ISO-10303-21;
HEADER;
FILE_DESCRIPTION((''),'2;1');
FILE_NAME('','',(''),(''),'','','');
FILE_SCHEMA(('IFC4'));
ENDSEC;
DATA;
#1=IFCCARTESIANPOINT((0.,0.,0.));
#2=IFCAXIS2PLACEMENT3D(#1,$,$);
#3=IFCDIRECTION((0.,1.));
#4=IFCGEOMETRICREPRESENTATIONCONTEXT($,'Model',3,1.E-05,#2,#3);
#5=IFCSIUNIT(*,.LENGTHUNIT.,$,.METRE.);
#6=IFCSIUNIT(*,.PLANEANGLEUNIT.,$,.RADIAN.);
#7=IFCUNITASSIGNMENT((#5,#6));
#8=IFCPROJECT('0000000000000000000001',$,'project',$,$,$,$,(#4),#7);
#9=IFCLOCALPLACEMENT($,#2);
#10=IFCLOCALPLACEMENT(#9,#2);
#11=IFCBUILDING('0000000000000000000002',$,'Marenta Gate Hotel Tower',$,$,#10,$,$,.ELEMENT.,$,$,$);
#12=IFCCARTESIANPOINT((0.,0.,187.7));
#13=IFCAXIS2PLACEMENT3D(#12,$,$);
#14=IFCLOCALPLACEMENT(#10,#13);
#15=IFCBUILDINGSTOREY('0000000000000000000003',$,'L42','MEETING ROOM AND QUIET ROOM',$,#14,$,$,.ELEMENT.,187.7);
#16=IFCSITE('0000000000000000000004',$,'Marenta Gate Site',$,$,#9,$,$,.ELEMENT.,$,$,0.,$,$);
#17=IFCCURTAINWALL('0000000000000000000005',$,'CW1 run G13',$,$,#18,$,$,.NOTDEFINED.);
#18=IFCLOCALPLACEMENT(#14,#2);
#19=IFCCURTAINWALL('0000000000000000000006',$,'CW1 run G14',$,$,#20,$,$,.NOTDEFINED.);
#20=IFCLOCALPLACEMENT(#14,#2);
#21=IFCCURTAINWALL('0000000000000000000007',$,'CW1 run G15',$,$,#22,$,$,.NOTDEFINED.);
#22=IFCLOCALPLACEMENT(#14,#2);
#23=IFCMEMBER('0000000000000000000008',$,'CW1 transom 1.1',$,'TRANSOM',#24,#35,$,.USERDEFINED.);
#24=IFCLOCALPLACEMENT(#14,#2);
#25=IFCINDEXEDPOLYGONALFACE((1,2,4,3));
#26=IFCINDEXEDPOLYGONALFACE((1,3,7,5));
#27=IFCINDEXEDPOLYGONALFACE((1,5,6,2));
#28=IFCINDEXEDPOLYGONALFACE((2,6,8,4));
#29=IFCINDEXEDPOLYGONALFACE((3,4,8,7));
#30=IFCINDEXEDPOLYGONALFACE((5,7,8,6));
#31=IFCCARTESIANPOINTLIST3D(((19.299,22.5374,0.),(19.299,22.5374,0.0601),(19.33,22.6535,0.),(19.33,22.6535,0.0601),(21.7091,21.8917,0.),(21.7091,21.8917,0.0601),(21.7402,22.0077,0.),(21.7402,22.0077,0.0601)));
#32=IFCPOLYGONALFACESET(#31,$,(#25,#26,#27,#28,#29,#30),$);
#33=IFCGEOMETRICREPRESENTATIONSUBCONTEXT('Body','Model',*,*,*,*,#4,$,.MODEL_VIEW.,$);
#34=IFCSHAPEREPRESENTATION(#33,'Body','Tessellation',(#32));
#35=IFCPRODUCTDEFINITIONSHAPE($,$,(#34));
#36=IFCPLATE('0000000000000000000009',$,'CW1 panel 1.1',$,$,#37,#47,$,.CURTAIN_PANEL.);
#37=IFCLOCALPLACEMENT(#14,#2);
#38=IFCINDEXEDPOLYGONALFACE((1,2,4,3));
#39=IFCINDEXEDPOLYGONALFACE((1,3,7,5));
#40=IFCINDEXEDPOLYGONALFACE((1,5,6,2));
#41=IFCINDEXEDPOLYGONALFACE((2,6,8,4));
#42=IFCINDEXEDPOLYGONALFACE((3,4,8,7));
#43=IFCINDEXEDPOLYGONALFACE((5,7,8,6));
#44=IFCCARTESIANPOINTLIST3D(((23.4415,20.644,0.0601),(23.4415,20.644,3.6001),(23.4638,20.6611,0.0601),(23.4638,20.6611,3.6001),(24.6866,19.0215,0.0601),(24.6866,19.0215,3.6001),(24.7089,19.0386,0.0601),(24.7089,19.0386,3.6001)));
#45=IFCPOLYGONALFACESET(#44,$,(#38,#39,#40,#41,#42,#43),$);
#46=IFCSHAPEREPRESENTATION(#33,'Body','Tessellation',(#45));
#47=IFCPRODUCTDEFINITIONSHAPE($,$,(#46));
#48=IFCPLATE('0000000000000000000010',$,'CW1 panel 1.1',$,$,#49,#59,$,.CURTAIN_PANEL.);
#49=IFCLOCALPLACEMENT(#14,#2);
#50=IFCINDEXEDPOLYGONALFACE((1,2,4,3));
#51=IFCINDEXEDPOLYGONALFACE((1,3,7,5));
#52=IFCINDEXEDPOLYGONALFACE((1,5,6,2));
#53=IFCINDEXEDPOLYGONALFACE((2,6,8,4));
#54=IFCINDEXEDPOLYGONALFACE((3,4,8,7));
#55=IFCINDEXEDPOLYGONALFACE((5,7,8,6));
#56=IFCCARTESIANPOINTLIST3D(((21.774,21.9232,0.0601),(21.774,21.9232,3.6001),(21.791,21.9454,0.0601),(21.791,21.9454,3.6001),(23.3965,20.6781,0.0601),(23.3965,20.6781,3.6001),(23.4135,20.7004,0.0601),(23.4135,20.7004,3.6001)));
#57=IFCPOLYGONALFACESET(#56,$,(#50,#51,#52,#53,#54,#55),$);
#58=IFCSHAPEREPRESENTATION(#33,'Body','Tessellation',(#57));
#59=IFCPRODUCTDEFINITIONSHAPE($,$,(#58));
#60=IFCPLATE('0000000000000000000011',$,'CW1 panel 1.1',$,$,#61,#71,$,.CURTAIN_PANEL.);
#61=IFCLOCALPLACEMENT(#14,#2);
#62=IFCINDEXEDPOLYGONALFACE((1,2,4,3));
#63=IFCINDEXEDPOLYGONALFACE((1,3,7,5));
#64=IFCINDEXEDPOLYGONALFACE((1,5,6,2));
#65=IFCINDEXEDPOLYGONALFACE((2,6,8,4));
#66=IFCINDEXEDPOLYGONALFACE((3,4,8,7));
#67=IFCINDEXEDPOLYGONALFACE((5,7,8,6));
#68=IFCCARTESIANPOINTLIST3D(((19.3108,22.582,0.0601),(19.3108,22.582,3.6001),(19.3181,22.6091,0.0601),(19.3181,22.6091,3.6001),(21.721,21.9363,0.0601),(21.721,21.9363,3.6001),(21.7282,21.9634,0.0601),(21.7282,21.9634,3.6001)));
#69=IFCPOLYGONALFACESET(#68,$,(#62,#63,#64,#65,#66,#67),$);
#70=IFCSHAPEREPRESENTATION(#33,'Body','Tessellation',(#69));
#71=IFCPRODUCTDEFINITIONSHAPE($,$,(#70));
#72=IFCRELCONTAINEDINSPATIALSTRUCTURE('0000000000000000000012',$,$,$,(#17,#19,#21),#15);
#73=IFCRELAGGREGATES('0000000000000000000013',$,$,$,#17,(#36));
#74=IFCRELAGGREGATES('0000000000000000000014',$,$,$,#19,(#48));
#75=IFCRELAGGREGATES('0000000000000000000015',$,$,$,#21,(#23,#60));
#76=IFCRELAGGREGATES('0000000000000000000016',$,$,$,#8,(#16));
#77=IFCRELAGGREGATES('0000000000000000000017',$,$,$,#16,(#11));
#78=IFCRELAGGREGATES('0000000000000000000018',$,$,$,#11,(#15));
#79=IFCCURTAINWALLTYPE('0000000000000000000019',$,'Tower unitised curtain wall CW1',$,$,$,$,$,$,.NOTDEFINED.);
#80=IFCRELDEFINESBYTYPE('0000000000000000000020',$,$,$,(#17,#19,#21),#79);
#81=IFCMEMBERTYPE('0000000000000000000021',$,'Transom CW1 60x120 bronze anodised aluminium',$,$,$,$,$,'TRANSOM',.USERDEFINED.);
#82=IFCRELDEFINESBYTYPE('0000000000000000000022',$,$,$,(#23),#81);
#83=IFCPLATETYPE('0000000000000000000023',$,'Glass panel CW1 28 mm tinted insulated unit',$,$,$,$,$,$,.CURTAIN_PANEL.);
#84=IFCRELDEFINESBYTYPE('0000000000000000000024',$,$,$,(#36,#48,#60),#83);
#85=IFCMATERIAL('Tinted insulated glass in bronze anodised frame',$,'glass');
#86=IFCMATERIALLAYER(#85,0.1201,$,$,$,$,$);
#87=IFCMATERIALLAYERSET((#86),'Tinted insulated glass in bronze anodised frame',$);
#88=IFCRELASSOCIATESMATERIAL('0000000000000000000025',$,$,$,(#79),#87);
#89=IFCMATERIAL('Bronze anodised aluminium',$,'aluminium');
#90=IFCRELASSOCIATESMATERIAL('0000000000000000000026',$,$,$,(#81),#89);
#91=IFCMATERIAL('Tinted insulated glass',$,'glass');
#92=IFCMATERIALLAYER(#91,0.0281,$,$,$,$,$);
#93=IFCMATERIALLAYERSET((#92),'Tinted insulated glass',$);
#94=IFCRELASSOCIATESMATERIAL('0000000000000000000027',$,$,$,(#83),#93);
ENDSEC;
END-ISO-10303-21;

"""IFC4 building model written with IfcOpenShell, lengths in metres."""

from ifc_helpers import new_model, si_unit, direction, frame, origin, origin_2d, place, context, subcontext, project, spatial, rectangle, extrude, material, layer, layer_set, material_profile, profile_set, type_object, element, aggregate, save


model = new_model("IFC4")

# Units and contexts
model_context = context("Model", 3, precision=1e-05, world=origin(), true_north=direction((0.0, 1.0)))
body_context = subcontext(model_context, "Body", "Model", "MODEL_VIEW")
ifc_project = project(units=[si_unit("LENGTHUNIT", "METRE"), si_unit("PLANEANGLEUNIT", "RADIAN")], contexts=[model_context])

# Site, building, storey
site_placement = place(None, origin())
site = spatial("IfcSite", under=ifc_project, at=site_placement, Name="Marenta Gate Site", CompositionType="ELEMENT", RefElevation=0.0)
building_placement = place(site_placement, origin())
building = spatial("IfcBuilding", under=site, at=building_placement, Name="Marenta Gate Hotel Tower", CompositionType="ELEMENT")
storey_placement = place(building_placement, frame((0.0, 0.0, 187.7)))
storey = spatial("IfcBuildingStorey", under=building, at=storey_placement, Name="L42", Description="MEETING ROOM AND QUIET ROOM", CompositionType="ELEMENT", Elevation=187.7)

# Curtain walls
ifc_material_1 = material(Name="Tinted insulated glass in bronze anodised frame", Category="glass")
ifc_layer_1 = layer(ifc_material_1, 0.1201)
ifc_layer_set_1 = layer_set([ifc_layer_1], Name="Tinted insulated glass in bronze anodised frame")
curtain_wall_type = type_object("IfcCurtainWallType", Name="Tower unitised curtain wall CW1", PredefinedType="NOTDEFINED", material=ifc_layer_set_1)
curtain_wall_1_placement = place(storey_placement, origin())
curtain_wall_1 = element("IfcCurtainWall", 1, at=curtain_wall_1_placement, inside=storey, type_object=curtain_wall_type, Name="CW1 run G13", PredefinedType="NOTDEFINED")
curtain_wall_2_placement = place(storey_placement, origin())
curtain_wall_2 = element("IfcCurtainWall", 2, at=curtain_wall_2_placement, inside=storey, type_object=curtain_wall_type, Name="CW1 run G14", PredefinedType="NOTDEFINED")

# Curtain wall
curtain_wall_3_placement = place(storey_placement, origin())
curtain_wall_3 = element("IfcCurtainWall", 3, at=curtain_wall_3_placement, inside=storey, type_object=curtain_wall_type, Name="CW1 run G15", PredefinedType="NOTDEFINED")

# Member
ifc_material_2 = material(Name="Bronze anodised aluminium", Category="aluminium")
ifc_material_profile_1 = material_profile(ifc_material_2, rectangle(XDim=0.1201, YDim=0.0601, at=origin_2d()), Name="Transom CW1 60x120 bronze anodised aluminium")
ifc_profile_set_1 = profile_set([ifc_material_profile_1], Name="Bronze anodised aluminium")
member_type_1 = type_object("IfcMemberType", Name="Transom CW1 60x120 bronze anodised aluminium", ElementType="TRANSOM", PredefinedType="USERDEFINED", material=ifc_profile_set_1)
member_1_placement = place(storey_placement, frame((21.7246, 21.9497, 0.03), z_axis=(-0.965931, 0.258801, 0.0), x_axis=(-0.258801, -0.965931, 0.0)))
member_1 = element("IfcMember", 4, at=member_1_placement, type_object=member_type_1, Name="CW1 transom 1.1", ObjectType="TRANSOM", PredefinedType="USERDEFINED", context=body_context, shape_type="SweptSolid", body=[
    extrude(rectangle(XDim=0.1201, YDim=0.0601, at=origin_2d()), origin(), (0.0, 0.0, 1.0), 2.4951),
])

# Plates
ifc_material_3 = material(Name="Tinted insulated glass", Category="glass")
ifc_layer_2 = layer(ifc_material_3, 0.0281)
ifc_layer_set_2 = layer_set([ifc_layer_2], Name="Tinted insulated glass")
plate_type = type_object("IfcPlateType", Name="Glass panel CW1 28 mm tinted insulated unit", PredefinedType="CURTAIN_PANEL", material=ifc_layer_set_2)
plate_1_placement = place(storey_placement, frame((24.0752, 19.8413, 0.0601), z_axis=(0.0, 0.0, 1.0), x_axis=(-0.608787, 0.793333, 0.0)))
plate_1 = element("IfcPlate", 5, at=plate_1_placement, type_object=plate_type, Name="CW1 panel 1.1", PredefinedType="CURTAIN_PANEL", context=body_context, shape_type="SweptSolid", body=[
    extrude(rectangle(XDim=2.0452, YDim=0.0281, at=origin_2d()), origin(), (0.0, 0.0, 1.0), 3.54),
])
aggregate(curtain_wall_1, [plate_1])
plate_2_placement = place(storey_placement, frame((22.5938, 21.3118, 0.0601), z_axis=(0.0, 0.0, 1.0), x_axis=(-0.793333, 0.608787, 0.0)))
plate_2 = element("IfcPlate", 6, at=plate_2_placement, type_object=plate_type, Name="CW1 panel 1.1", PredefinedType="CURTAIN_PANEL", context=body_context, shape_type="SweptSolid", body=[
    extrude(rectangle(XDim=2.0452, YDim=0.0281, at=origin_2d()), origin(), (0.0, 0.0, 1.0), 3.54),
])
aggregate(curtain_wall_2, [plate_2])
plate_3_placement = place(storey_placement, frame((20.5195, 22.2727, 0.0601), z_axis=(0.0, 0.0, 1.0), x_axis=(-0.96593, 0.258805, 0.0)))
plate_3 = element("IfcPlate", 7, at=plate_3_placement, type_object=plate_type, Name="CW1 panel 1.1", PredefinedType="CURTAIN_PANEL", context=body_context, shape_type="SweptSolid", body=[
    extrude(rectangle(XDim=2.4951, YDim=0.0281, at=origin_2d()), origin(), (0.0, 0.0, 1.0), 3.54),
])
aggregate(curtain_wall_3, [member_1, plate_3])

save(model, "model.ifc")
